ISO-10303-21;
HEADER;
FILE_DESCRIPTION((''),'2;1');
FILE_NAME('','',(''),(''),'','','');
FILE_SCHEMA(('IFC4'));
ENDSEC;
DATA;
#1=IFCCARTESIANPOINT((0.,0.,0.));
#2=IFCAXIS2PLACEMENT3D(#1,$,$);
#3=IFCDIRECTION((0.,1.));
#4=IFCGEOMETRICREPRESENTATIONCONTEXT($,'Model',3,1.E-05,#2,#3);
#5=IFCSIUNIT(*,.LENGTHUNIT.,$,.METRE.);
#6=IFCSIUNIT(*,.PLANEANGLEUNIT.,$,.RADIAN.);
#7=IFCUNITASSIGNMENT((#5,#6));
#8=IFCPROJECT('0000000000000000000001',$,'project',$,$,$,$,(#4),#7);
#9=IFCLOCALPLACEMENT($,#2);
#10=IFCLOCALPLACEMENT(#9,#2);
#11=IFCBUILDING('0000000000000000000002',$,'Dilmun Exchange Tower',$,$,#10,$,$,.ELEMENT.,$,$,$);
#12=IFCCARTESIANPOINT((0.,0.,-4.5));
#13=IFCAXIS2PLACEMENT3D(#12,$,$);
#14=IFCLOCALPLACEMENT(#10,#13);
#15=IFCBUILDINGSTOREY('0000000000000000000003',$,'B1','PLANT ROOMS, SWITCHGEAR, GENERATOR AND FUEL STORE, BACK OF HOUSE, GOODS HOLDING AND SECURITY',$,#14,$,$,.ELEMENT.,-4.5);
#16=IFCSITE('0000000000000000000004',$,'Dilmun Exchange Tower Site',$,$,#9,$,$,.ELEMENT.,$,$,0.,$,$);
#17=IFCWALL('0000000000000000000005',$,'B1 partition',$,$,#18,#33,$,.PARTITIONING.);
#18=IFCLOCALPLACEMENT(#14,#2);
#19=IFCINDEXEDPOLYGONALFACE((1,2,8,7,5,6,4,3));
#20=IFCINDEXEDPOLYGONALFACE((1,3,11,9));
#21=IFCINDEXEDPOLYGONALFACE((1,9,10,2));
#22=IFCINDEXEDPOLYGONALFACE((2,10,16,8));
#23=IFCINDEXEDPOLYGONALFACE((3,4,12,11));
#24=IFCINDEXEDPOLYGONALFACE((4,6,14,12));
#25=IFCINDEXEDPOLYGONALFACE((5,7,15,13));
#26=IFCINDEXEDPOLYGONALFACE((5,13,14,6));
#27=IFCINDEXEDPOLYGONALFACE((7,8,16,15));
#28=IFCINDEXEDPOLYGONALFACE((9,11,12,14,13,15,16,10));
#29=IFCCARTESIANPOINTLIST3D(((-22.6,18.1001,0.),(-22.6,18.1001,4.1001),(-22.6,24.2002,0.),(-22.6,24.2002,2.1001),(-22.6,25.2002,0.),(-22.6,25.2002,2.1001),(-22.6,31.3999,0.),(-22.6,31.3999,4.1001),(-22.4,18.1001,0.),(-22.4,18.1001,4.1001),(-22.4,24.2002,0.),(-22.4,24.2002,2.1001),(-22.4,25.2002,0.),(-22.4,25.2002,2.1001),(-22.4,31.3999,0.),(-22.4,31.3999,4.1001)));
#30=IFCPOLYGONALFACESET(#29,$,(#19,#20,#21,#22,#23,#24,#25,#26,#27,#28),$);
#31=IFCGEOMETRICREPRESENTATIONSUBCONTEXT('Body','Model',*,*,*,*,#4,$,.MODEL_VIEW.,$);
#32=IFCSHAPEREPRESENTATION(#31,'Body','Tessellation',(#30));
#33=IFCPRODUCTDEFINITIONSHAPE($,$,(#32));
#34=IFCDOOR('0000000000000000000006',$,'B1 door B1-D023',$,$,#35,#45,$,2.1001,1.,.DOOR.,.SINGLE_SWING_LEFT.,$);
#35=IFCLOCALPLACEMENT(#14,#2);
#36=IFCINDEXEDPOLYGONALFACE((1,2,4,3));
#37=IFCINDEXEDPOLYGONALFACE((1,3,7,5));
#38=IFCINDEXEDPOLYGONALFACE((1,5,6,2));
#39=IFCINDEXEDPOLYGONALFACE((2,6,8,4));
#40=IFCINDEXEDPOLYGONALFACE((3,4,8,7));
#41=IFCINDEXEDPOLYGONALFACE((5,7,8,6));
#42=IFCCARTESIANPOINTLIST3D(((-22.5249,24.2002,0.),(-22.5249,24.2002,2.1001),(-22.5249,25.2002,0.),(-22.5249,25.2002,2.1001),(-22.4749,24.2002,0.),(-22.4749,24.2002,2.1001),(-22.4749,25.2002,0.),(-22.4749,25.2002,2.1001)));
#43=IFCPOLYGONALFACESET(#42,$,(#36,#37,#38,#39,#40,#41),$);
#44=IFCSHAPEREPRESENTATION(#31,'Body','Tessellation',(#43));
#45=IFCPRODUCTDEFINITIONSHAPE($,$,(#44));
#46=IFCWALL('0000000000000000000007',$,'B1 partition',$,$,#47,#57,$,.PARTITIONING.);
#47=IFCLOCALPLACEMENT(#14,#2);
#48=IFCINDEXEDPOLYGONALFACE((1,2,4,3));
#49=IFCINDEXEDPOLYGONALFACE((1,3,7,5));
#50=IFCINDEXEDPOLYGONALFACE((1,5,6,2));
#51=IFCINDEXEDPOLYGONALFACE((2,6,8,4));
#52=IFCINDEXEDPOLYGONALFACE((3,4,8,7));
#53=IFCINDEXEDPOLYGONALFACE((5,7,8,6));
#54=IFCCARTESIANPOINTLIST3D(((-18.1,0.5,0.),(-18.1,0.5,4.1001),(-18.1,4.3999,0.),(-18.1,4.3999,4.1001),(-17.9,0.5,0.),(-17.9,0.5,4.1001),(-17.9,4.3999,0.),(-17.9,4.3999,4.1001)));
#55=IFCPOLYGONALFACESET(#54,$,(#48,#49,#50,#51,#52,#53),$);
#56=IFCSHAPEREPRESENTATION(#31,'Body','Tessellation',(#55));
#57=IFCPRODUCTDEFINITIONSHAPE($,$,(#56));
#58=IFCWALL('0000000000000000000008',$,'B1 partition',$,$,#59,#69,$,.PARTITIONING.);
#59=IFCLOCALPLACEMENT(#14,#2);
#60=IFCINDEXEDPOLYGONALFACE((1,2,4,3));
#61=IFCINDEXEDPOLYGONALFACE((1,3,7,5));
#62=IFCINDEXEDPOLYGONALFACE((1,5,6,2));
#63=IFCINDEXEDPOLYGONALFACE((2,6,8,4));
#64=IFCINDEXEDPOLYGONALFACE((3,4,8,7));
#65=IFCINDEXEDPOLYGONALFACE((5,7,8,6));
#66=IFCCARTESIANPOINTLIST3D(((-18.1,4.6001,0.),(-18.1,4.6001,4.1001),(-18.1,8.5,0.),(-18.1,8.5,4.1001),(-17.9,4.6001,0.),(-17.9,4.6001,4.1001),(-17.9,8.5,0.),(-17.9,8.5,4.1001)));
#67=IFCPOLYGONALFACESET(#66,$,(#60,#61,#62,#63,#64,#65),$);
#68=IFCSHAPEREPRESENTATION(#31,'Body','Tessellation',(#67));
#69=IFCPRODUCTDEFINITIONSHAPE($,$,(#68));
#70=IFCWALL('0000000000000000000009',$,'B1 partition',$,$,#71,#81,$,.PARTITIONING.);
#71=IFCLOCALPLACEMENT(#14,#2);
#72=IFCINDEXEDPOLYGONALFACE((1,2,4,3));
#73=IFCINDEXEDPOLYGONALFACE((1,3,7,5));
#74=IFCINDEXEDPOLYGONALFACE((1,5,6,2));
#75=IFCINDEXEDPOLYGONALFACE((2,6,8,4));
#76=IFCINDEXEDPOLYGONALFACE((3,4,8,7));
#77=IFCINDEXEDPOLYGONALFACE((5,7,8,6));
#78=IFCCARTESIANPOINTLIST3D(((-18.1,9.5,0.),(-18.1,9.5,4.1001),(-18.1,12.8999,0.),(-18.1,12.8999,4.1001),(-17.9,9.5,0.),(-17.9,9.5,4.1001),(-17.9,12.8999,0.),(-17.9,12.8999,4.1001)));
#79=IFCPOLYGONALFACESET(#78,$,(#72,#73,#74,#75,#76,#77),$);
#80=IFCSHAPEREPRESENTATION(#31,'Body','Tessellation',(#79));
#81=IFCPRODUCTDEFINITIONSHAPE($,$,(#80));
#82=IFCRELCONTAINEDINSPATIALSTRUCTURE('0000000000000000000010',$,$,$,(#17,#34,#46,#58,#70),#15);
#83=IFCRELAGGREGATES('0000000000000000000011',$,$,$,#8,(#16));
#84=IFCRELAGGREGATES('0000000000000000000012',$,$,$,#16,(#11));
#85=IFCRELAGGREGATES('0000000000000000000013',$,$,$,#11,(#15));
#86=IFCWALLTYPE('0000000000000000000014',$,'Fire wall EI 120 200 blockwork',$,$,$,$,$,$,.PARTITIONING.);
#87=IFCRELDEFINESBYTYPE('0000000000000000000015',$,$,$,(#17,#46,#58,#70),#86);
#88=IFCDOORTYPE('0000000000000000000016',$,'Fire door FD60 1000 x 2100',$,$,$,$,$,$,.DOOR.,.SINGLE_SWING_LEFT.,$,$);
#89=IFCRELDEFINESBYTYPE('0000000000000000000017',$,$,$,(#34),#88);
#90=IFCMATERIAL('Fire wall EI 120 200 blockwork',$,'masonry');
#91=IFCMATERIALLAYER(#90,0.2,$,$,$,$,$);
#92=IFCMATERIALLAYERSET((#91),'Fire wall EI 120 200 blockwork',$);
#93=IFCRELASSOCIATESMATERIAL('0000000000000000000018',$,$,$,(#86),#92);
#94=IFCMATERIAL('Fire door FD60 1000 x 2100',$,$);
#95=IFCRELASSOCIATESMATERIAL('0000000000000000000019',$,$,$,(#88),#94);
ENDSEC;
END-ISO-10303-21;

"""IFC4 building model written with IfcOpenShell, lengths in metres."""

from ifc_helpers import new_model, si_unit, direction, frame, frame_2d, origin, place, context, subcontext, project, spatial, rectangle, extrude, material, layer, layer_set, type_object, element, fill, save


model = new_model("IFC4")

# Units and contexts
model_context = context("Model", 3, precision=1e-05, world=origin(), true_north=direction((0.0, 1.0)))
body_context = subcontext(model_context, "Body", "Model", "MODEL_VIEW")
ifc_project = project(units=[si_unit("LENGTHUNIT", "METRE"), si_unit("PLANEANGLEUNIT", "RADIAN")], contexts=[model_context])

# Site, building, storey
site_placement = place(None, origin())
site = spatial("IfcSite", under=ifc_project, at=site_placement, Name="Dilmun Exchange Tower Site", CompositionType="ELEMENT", RefElevation=0.0)
building_placement = place(site_placement, origin())
building = spatial("IfcBuilding", under=site, at=building_placement, Name="Dilmun Exchange Tower", CompositionType="ELEMENT")
storey_placement = place(building_placement, frame((0.0, 0.0, -4.5)))
storey = spatial("IfcBuildingStorey", under=building, at=storey_placement, Name="B1", Description="PLANT ROOMS, SWITCHGEAR, GENERATOR AND FUEL STORE, BACK OF HOUSE, GOODS HOLDING AND SECURITY", CompositionType="ELEMENT", Elevation=-4.5)

# Shared definitions
ifc_material_1 = material(Name="Fire wall EI 120 200 blockwork", Category="masonry")
ifc_layer = layer(ifc_material_1, 0.2)
ifc_layer_set = layer_set([ifc_layer], Name="Fire wall EI 120 200 blockwork")
wall_type = type_object("IfcWallType", Name="Fire wall EI 120 200 blockwork", PredefinedType="PARTITIONING", material=ifc_layer_set)

# Shared definitions
ifc_material_2 = material(Name="Fire door FD60 1000 x 2100")
door_type = type_object("IfcDoorType", Name="Fire door FD60 1000 x 2100", OperationType="SINGLE_SWING_LEFT", PredefinedType="DOOR", material=ifc_material_2)

# Wall, opening, door
wall_1_placement = place(storey_placement, frame((-22.5, 18.1001, 0.0), z_axis=(0.0, 0.0, 1.0), x_axis=(0.0, 1.0, 0.0)))
wall_1 = element("IfcWall", 1, at=wall_1_placement, inside=storey, type_object=wall_type, Name="B1 partition", PredefinedType="PARTITIONING", context=body_context, shape_type="SweptSolid", body=[
    extrude(rectangle(XDim=13.2998, YDim=0.2, at=frame_2d((6.6499, 0.0))), origin(), (0.0, 0.0, 1.0), 4.1001),
])
opening_1_placement = place(wall_1_placement, frame((6.1001, 0.0, 0.0)))
opening_1 = element("IfcOpeningElement", 2, at=opening_1_placement, cuts=wall_1, PredefinedType="OPENING", context=body_context, shape_type="SweptSolid", body=[
    extrude(rectangle(XDim=1.0, YDim=2.1001, at=frame_2d((0.5, 1.05))), frame((0.0, 0.1099, 0.0), z_axis=(0.0, -1.0, 0.0), x_axis=(1.0, 0.0, 0.0)), (0.0, 0.0, 1.0), 0.22),
])
door_1_placement = place(opening_1_placement, origin())
door_1 = element("IfcDoor", 3, at=door_1_placement, inside=storey, type_object=door_type, Name="B1 door B1-D023", OperationType="SINGLE_SWING_LEFT", OverallHeight=2.1001, OverallWidth=1.0, PredefinedType="DOOR", context=body_context, shape_type="SweptSolid", body=[
    extrude(rectangle(XDim=1.0, YDim=2.1001, at=frame_2d((0.5, 1.05))), frame((0.0, 0.0249, 0.0), z_axis=(0.0, -1.0, 0.0), x_axis=(1.0, 0.0, 0.0)), (0.0, 0.0, 1.0), 0.05),
])
fill(opening_1, door_1)

# Walls
for number, where, z_axis, x_axis, name in (
    (4, (-18.0, 0.5, 0.0), (0.0, 0.0, 1.0), (0.0, 1.0, 0.0), "B1 partition"),
    (5, (-18.0, 4.6001, 0.0), (0.0, 0.0, 1.0), (0.0, 1.0, 0.0), "B1 partition"),
):
    element("IfcWall", number, at=place(storey_placement, frame(where, z_axis=z_axis, x_axis=x_axis)), inside=storey, type_object=wall_type, Name=name, PredefinedType="PARTITIONING", context=body_context, shape_type="SweptSolid", body=[
        extrude(rectangle(XDim=3.8999, YDim=0.2, at=frame_2d((1.95, 0.0))), origin(), (0.0, 0.0, 1.0), 4.1001),
    ])
wall_2_placement = place(storey_placement, frame((-18.0, 9.5, 0.0), z_axis=(0.0, 0.0, 1.0), x_axis=(0.0, 1.0, 0.0)))
element("IfcWall", 6, at=wall_2_placement, inside=storey, type_object=wall_type, Name="B1 partition", PredefinedType="PARTITIONING", context=body_context, shape_type="SweptSolid", body=[
    extrude(rectangle(XDim=3.3999, YDim=0.2, at=frame_2d((1.7, 0.0))), origin(), (0.0, 0.0, 1.0), 4.1001),
])

save(model, "model.ifc")
